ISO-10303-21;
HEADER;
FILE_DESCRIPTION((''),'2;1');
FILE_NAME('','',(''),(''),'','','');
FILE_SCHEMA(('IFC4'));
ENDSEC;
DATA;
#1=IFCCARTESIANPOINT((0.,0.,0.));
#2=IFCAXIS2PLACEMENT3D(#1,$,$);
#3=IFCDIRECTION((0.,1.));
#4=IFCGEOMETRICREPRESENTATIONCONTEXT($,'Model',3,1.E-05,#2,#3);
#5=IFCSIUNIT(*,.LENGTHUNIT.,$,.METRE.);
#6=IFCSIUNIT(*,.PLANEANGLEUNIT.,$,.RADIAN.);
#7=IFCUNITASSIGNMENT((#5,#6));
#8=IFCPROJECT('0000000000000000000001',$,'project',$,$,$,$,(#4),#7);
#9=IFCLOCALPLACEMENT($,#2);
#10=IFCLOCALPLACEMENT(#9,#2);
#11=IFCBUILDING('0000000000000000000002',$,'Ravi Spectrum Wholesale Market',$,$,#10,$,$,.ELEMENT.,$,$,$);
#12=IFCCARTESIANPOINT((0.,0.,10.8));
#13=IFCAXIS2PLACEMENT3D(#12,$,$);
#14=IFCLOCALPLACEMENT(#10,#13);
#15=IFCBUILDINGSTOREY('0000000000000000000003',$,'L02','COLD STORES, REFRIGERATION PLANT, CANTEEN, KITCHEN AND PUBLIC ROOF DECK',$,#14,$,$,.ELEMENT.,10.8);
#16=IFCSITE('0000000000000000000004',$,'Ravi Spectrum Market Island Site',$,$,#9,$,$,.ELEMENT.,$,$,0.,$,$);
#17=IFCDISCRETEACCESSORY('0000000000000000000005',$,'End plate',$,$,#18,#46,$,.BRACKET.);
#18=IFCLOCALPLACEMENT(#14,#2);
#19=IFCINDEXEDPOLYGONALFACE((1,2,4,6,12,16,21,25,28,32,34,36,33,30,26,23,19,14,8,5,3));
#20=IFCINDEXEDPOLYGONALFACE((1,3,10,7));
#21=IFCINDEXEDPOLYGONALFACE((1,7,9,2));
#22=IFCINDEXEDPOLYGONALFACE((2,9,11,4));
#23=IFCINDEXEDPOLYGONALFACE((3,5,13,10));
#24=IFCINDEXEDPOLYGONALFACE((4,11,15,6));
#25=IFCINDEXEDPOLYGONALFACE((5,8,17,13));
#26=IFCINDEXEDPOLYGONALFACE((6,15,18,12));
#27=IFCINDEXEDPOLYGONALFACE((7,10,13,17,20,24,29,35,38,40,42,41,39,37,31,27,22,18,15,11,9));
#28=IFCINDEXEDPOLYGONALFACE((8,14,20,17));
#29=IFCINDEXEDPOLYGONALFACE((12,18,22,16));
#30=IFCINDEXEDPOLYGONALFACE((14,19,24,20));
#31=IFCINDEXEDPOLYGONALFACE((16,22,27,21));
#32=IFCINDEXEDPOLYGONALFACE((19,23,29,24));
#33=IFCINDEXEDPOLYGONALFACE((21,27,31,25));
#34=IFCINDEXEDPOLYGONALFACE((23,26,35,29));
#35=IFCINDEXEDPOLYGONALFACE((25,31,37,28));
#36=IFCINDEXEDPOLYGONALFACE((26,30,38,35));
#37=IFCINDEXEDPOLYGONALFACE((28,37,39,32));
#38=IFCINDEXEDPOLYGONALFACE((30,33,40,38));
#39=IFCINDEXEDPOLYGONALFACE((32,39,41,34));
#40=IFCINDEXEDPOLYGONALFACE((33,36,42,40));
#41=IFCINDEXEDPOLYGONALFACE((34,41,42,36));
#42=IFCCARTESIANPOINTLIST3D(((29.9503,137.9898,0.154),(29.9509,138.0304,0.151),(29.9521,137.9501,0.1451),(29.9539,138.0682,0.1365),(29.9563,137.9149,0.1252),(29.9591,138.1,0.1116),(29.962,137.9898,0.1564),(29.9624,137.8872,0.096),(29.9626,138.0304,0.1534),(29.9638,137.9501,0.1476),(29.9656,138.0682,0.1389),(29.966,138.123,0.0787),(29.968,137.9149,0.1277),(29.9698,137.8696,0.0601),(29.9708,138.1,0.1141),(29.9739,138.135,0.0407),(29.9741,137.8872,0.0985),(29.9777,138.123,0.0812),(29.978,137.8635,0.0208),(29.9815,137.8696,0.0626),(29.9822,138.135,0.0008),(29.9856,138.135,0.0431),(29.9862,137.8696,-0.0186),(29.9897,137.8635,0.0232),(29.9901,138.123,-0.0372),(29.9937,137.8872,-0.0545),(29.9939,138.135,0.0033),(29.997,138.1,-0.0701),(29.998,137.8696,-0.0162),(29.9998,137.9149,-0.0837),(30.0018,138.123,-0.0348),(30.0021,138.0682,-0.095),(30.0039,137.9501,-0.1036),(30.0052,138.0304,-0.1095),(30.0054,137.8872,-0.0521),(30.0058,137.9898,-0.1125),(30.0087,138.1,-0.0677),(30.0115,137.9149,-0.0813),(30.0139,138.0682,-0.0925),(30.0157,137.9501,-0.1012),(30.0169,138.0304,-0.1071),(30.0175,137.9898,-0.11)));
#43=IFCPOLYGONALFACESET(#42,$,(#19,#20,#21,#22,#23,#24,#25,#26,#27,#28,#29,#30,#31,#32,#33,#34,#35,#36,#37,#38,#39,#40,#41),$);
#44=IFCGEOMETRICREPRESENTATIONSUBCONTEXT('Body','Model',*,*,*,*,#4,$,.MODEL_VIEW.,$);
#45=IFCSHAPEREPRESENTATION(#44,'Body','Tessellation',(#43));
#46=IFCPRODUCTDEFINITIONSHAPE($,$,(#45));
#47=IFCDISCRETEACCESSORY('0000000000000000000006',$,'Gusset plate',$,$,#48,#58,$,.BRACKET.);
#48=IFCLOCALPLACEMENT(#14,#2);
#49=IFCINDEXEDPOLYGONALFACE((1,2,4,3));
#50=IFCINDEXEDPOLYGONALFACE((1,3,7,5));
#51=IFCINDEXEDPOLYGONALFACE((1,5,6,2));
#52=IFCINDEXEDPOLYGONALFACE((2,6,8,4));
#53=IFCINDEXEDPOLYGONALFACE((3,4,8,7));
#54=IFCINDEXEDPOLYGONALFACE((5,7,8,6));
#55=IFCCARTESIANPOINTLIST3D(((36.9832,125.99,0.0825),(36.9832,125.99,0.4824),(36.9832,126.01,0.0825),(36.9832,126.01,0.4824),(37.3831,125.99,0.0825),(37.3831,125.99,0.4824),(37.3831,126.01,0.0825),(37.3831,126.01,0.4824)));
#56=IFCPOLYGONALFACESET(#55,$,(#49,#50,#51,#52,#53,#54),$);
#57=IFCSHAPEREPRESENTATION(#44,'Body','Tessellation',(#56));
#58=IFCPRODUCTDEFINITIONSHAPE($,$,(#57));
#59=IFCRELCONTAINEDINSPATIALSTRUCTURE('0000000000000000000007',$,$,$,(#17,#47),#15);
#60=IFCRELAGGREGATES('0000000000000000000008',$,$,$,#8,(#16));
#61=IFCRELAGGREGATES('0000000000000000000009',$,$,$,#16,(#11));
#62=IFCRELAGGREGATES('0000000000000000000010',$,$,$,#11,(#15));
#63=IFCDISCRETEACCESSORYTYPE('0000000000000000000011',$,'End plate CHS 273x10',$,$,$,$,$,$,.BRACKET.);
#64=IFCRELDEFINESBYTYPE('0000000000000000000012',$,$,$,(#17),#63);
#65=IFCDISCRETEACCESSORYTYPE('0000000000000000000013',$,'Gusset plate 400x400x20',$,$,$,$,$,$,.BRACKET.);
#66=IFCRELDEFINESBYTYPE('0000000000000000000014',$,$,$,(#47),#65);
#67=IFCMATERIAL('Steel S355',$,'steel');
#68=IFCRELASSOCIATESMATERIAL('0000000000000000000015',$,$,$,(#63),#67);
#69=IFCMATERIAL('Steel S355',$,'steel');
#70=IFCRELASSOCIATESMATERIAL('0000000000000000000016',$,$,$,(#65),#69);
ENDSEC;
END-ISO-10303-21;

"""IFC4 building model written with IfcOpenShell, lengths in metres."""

from ifc_helpers import new_model, si_unit, direction, frame, origin, origin_2d, place, context, subcontext, project, spatial, rectangle, circle, extrude, material, material_profile, profile_set, type_object, element, save


model = new_model("IFC4")

# Units and contexts
model_context = context("Model", 3, precision=1e-05, world=origin(), true_north=direction((0.0, 1.0)))
body_context = subcontext(model_context, "Body", "Model", "MODEL_VIEW")
ifc_project = project(units=[si_unit("LENGTHUNIT", "METRE"), si_unit("PLANEANGLEUNIT", "RADIAN")], contexts=[model_context])

# Site, building, storey
site_placement = place(None, origin())
site = spatial("IfcSite", under=ifc_project, at=site_placement, Name="Ravi Spectrum Market Island Site", CompositionType="ELEMENT", RefElevation=0.0)
building_placement = place(site_placement, origin())
building = spatial("IfcBuilding", under=site, at=building_placement, Name="Ravi Spectrum Wholesale Market", CompositionType="ELEMENT")
storey_placement = place(building_placement, frame((0.0, 0.0, 10.8)))
storey = spatial("IfcBuildingStorey", under=building, at=storey_placement, Name="L02", Description="COLD STORES, REFRIGERATION PLANT, CANTEEN, KITCHEN AND PUBLIC ROOF DECK", CompositionType="ELEMENT", Elevation=10.8)

# Discrete accessories
ifc_material_1 = material(Name="Steel S355", Category="steel")
ifc_material_profile_1 = material_profile(ifc_material_1, circle(Radius=0.1365, at=origin_2d()))
ifc_profile_set_1 = profile_set([ifc_material_profile_1], Name="Steel S355")
discrete_accessory_type_1 = type_object("IfcDiscreteAccessoryType", Name="End plate CHS 273x10", PredefinedType="BRACKET", material=ifc_profile_set_1)
discrete_accessory_1_placement = place(storey_placement, frame((29.9897, 138.0, 0.0232), z_axis=(-0.97898, 0.0, -0.203954), x_axis=(0.0, -1.0, 0.0)))
element("IfcDiscreteAccessory", 1, at=discrete_accessory_1_placement, inside=storey, type_object=discrete_accessory_type_1, Name="End plate", PredefinedType="BRACKET", context=body_context, shape_type="SweptSolid", body=[
    extrude(circle(Radius=0.1365, at=origin_2d()), origin(), (0.0, 0.0, 1.0), 0.012),
])
ifc_material_2 = material(Name="Steel S355", Category="steel")
ifc_material_profile_2 = material_profile(ifc_material_2, rectangle(XDim=0.3999, YDim=0.02, at=origin_2d()))
ifc_profile_set_2 = profile_set([ifc_material_profile_2], Name="Steel S355")
discrete_accessory_type_2 = type_object("IfcDiscreteAccessoryType", Name="Gusset plate 400x400x20", PredefinedType="BRACKET", material=ifc_profile_set_2)
discrete_accessory_2_placement = place(storey_placement, frame((37.1831, 126.0, 0.0825), z_axis=(0.0, 0.0, 1.0), x_axis=(1.0, 0.0, 0.0)))
element("IfcDiscreteAccessory", 2, at=discrete_accessory_2_placement, inside=storey, type_object=discrete_accessory_type_2, Name="Gusset plate", PredefinedType="BRACKET", context=body_context, shape_type="SweptSolid", body=[
    extrude(rectangle(XDim=0.3999, YDim=0.02, at=origin_2d()), origin(), (0.0, 0.0, 1.0), 0.3999),
])

save(model, "model.ifc")
